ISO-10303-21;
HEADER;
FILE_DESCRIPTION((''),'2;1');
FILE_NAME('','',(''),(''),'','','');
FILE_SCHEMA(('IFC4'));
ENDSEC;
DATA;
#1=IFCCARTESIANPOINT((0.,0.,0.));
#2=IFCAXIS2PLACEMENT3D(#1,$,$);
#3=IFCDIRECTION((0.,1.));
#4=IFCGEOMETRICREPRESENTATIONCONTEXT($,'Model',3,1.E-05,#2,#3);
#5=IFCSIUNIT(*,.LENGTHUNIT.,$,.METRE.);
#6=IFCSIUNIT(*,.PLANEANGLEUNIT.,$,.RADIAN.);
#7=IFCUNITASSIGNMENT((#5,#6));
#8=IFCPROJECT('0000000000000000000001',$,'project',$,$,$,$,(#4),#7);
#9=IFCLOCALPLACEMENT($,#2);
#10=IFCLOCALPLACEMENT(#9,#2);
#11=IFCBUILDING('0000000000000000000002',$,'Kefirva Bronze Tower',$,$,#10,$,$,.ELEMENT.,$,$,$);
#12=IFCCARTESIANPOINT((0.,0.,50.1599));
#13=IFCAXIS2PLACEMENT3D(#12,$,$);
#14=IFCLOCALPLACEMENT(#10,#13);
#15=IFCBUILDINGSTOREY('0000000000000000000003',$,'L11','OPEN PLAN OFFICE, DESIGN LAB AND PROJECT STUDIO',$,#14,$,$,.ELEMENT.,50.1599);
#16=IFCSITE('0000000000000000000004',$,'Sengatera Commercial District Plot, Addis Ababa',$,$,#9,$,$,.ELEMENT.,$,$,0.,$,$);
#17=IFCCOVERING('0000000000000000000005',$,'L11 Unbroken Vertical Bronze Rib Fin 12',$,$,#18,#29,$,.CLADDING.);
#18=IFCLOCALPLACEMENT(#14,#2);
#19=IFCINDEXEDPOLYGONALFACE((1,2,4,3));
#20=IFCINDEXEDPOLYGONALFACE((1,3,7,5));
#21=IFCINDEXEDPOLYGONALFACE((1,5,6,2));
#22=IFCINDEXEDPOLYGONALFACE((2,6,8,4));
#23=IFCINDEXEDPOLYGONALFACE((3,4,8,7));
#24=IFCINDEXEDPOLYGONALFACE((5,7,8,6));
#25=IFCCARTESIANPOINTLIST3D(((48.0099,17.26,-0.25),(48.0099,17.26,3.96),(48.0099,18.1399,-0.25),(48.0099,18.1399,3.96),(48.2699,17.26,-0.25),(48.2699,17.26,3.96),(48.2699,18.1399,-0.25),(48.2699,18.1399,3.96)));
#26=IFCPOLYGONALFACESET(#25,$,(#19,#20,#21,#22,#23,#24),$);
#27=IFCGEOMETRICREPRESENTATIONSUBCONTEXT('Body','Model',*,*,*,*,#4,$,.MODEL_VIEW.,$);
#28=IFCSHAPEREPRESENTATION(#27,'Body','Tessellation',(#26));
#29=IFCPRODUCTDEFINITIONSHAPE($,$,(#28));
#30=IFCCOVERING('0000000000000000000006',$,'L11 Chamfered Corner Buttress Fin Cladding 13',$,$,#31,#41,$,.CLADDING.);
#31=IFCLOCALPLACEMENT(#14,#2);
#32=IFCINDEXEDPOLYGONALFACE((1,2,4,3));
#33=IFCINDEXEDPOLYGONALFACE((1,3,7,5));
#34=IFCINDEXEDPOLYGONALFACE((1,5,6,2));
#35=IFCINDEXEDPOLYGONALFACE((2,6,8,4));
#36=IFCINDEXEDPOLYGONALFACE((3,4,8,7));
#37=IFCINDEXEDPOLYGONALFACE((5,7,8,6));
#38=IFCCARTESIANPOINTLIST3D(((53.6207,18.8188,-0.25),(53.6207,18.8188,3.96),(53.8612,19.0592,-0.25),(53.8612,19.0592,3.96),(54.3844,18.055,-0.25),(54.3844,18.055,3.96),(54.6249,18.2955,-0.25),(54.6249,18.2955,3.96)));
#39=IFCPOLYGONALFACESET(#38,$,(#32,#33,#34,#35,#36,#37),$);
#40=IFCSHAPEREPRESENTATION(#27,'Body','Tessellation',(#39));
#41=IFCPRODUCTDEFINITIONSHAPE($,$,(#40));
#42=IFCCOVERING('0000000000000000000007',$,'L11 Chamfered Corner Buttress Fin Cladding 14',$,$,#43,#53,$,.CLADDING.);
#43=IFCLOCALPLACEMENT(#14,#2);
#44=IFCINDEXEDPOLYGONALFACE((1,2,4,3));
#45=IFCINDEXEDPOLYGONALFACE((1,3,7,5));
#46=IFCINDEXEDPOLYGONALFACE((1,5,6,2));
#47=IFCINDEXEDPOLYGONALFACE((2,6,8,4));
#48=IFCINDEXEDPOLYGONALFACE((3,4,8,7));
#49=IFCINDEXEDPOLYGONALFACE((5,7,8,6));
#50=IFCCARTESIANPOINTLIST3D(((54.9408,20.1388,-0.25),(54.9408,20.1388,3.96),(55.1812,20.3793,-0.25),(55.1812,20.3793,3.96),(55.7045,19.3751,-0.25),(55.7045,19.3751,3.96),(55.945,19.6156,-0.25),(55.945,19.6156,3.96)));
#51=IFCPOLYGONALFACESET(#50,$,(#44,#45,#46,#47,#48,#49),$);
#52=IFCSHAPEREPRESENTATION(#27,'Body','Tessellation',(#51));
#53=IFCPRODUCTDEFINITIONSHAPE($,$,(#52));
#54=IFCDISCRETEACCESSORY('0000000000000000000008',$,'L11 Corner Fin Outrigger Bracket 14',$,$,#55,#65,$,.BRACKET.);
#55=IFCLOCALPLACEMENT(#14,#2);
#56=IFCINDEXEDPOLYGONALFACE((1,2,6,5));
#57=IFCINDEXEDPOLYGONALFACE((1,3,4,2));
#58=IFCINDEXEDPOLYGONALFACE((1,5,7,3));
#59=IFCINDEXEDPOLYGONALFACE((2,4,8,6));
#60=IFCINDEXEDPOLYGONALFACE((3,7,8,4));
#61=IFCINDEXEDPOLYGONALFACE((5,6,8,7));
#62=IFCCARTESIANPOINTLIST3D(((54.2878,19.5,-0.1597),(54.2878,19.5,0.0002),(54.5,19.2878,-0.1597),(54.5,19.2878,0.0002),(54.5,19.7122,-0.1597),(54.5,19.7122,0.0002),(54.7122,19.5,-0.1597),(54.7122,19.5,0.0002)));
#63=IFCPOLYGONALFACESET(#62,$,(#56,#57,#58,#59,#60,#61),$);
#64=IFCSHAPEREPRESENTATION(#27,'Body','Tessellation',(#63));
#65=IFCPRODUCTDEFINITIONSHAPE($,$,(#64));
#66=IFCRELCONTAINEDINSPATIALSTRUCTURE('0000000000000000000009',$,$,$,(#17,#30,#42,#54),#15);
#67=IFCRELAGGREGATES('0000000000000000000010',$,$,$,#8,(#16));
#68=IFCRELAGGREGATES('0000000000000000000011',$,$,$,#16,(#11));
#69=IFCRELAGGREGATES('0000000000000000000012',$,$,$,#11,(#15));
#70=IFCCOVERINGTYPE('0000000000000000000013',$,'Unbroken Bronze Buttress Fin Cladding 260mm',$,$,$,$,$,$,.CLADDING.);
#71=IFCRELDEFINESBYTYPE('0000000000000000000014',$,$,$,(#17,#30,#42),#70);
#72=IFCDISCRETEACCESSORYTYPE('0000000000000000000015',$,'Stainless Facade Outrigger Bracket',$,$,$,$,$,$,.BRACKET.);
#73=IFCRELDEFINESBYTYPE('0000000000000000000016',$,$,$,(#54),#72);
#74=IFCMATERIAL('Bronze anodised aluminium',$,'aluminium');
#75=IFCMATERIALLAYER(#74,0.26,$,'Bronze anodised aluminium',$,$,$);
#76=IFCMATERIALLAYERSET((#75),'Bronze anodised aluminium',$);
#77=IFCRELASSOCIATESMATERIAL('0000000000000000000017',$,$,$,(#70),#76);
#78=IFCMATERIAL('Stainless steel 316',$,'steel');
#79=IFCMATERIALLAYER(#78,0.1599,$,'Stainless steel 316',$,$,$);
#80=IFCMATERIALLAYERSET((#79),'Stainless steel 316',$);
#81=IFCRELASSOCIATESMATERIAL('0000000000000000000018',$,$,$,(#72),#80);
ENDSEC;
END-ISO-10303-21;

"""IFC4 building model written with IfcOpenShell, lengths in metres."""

from ifc_helpers import new_model, si_unit, direction, frame, origin, origin_2d, place, context, subcontext, project, spatial, rectangle, extrude, material, layer, layer_set, type_object, element, save


model = new_model("IFC4")

# Units and contexts
model_context = context("Model", 3, precision=1e-05, world=origin(), true_north=direction((0.0, 1.0)))
body_context = subcontext(model_context, "Body", "Model", "MODEL_VIEW")
ifc_project = project(units=[si_unit("LENGTHUNIT", "METRE"), si_unit("PLANEANGLEUNIT", "RADIAN")], contexts=[model_context])

# Site, building, storey
site_placement = place(None, origin())
site = spatial("IfcSite", under=ifc_project, at=site_placement, Name="Sengatera Commercial District Plot, Addis Ababa", CompositionType="ELEMENT", RefElevation=0.0)
building_placement = place(site_placement, origin())
building = spatial("IfcBuilding", under=site, at=building_placement, Name="Kefirva Bronze Tower", CompositionType="ELEMENT")
storey_placement = place(building_placement, frame((0.0, 0.0, 50.1599)))
storey = spatial("IfcBuildingStorey", under=building, at=storey_placement, Name="L11", Description="OPEN PLAN OFFICE, DESIGN LAB AND PROJECT STUDIO", CompositionType="ELEMENT", Elevation=50.1599)

# Shared definitions
ifc_material_1 = material(Name="Bronze anodised aluminium", Category="aluminium")

# Coverings
ifc_layer_1 = layer(ifc_material_1, 0.26, Name="Bronze anodised aluminium")
ifc_layer_set_1 = layer_set([ifc_layer_1], Name="Bronze anodised aluminium")
covering_type_1 = type_object("IfcCoveringType", Name="Unbroken Bronze Buttress Fin Cladding 260mm", PredefinedType="CLADDING", material=ifc_layer_set_1)
for number, where, z_axis, x_axis, name in (
    (1, (48.1399, 17.7, -0.25), (0.0, 0.0, 1.0), (1.0, 0.0, 0.0), "L11 Unbroken Vertical Bronze Rib Fin 12"),
):
    element("IfcCovering", number, at=place(storey_placement, frame(where, z_axis=z_axis, x_axis=x_axis)), inside=storey, type_object=covering_type_1, Name=name, PredefinedType="CLADDING", context=body_context, shape_type="SweptSolid", body=[
        extrude(rectangle(XDim=0.26, YDim=0.8799, at=origin_2d()), origin(), (0.0, 0.0, 1.0), 4.21),
    ])
for number, where, z_axis, x_axis, name in (
    (2, (54.1228, 18.5571, -0.25), (0.0, 0.0, 1.0), (0.707107, 0.707107, 0.0), "L11 Chamfered Corner Buttress Fin Cladding 13"),
    (3, (55.4429, 19.8772, -0.25), (0.0, 0.0, 1.0), (0.707107, 0.707107, 0.0), "L11 Chamfered Corner Buttress Fin Cladding 14"),
):
    element("IfcCovering", number, at=place(storey_placement, frame(where, z_axis=z_axis, x_axis=x_axis)), inside=storey, type_object=covering_type_1, Name=name, PredefinedType="CLADDING", context=body_context, shape_type="SweptSolid", body=[
        extrude(rectangle(XDim=0.3401, YDim=1.0801, at=origin_2d()), origin(), (0.0, 0.0, 1.0), 4.21),
    ])

# Discrete accessory
ifc_material_2 = material(Name="Stainless steel 316", Category="steel")
ifc_layer_2 = layer(ifc_material_2, 0.1599, Name="Stainless steel 316")
ifc_layer_set_2 = layer_set([ifc_layer_2], Name="Stainless steel 316")
discrete_accessory_type = type_object("IfcDiscreteAccessoryType", Name="Stainless Facade Outrigger Bracket", PredefinedType="BRACKET", material=ifc_layer_set_2)
discrete_accessory_placement = place(storey_placement, frame((54.5, 19.5, -0.1597), z_axis=(0.0, 0.0, 1.0), x_axis=(0.707107, 0.707107, 0.0)))
element("IfcDiscreteAccessory", 4, at=discrete_accessory_placement, inside=storey, type_object=discrete_accessory_type, Name="L11 Corner Fin Outrigger Bracket 14", PredefinedType="BRACKET", context=body_context, shape_type="SweptSolid", body=[
    extrude(rectangle(XDim=0.3, YDim=0.3, at=origin_2d()), origin(), (0.0, 0.0, 1.0), 0.1599),
])

save(model, "model.ifc")
